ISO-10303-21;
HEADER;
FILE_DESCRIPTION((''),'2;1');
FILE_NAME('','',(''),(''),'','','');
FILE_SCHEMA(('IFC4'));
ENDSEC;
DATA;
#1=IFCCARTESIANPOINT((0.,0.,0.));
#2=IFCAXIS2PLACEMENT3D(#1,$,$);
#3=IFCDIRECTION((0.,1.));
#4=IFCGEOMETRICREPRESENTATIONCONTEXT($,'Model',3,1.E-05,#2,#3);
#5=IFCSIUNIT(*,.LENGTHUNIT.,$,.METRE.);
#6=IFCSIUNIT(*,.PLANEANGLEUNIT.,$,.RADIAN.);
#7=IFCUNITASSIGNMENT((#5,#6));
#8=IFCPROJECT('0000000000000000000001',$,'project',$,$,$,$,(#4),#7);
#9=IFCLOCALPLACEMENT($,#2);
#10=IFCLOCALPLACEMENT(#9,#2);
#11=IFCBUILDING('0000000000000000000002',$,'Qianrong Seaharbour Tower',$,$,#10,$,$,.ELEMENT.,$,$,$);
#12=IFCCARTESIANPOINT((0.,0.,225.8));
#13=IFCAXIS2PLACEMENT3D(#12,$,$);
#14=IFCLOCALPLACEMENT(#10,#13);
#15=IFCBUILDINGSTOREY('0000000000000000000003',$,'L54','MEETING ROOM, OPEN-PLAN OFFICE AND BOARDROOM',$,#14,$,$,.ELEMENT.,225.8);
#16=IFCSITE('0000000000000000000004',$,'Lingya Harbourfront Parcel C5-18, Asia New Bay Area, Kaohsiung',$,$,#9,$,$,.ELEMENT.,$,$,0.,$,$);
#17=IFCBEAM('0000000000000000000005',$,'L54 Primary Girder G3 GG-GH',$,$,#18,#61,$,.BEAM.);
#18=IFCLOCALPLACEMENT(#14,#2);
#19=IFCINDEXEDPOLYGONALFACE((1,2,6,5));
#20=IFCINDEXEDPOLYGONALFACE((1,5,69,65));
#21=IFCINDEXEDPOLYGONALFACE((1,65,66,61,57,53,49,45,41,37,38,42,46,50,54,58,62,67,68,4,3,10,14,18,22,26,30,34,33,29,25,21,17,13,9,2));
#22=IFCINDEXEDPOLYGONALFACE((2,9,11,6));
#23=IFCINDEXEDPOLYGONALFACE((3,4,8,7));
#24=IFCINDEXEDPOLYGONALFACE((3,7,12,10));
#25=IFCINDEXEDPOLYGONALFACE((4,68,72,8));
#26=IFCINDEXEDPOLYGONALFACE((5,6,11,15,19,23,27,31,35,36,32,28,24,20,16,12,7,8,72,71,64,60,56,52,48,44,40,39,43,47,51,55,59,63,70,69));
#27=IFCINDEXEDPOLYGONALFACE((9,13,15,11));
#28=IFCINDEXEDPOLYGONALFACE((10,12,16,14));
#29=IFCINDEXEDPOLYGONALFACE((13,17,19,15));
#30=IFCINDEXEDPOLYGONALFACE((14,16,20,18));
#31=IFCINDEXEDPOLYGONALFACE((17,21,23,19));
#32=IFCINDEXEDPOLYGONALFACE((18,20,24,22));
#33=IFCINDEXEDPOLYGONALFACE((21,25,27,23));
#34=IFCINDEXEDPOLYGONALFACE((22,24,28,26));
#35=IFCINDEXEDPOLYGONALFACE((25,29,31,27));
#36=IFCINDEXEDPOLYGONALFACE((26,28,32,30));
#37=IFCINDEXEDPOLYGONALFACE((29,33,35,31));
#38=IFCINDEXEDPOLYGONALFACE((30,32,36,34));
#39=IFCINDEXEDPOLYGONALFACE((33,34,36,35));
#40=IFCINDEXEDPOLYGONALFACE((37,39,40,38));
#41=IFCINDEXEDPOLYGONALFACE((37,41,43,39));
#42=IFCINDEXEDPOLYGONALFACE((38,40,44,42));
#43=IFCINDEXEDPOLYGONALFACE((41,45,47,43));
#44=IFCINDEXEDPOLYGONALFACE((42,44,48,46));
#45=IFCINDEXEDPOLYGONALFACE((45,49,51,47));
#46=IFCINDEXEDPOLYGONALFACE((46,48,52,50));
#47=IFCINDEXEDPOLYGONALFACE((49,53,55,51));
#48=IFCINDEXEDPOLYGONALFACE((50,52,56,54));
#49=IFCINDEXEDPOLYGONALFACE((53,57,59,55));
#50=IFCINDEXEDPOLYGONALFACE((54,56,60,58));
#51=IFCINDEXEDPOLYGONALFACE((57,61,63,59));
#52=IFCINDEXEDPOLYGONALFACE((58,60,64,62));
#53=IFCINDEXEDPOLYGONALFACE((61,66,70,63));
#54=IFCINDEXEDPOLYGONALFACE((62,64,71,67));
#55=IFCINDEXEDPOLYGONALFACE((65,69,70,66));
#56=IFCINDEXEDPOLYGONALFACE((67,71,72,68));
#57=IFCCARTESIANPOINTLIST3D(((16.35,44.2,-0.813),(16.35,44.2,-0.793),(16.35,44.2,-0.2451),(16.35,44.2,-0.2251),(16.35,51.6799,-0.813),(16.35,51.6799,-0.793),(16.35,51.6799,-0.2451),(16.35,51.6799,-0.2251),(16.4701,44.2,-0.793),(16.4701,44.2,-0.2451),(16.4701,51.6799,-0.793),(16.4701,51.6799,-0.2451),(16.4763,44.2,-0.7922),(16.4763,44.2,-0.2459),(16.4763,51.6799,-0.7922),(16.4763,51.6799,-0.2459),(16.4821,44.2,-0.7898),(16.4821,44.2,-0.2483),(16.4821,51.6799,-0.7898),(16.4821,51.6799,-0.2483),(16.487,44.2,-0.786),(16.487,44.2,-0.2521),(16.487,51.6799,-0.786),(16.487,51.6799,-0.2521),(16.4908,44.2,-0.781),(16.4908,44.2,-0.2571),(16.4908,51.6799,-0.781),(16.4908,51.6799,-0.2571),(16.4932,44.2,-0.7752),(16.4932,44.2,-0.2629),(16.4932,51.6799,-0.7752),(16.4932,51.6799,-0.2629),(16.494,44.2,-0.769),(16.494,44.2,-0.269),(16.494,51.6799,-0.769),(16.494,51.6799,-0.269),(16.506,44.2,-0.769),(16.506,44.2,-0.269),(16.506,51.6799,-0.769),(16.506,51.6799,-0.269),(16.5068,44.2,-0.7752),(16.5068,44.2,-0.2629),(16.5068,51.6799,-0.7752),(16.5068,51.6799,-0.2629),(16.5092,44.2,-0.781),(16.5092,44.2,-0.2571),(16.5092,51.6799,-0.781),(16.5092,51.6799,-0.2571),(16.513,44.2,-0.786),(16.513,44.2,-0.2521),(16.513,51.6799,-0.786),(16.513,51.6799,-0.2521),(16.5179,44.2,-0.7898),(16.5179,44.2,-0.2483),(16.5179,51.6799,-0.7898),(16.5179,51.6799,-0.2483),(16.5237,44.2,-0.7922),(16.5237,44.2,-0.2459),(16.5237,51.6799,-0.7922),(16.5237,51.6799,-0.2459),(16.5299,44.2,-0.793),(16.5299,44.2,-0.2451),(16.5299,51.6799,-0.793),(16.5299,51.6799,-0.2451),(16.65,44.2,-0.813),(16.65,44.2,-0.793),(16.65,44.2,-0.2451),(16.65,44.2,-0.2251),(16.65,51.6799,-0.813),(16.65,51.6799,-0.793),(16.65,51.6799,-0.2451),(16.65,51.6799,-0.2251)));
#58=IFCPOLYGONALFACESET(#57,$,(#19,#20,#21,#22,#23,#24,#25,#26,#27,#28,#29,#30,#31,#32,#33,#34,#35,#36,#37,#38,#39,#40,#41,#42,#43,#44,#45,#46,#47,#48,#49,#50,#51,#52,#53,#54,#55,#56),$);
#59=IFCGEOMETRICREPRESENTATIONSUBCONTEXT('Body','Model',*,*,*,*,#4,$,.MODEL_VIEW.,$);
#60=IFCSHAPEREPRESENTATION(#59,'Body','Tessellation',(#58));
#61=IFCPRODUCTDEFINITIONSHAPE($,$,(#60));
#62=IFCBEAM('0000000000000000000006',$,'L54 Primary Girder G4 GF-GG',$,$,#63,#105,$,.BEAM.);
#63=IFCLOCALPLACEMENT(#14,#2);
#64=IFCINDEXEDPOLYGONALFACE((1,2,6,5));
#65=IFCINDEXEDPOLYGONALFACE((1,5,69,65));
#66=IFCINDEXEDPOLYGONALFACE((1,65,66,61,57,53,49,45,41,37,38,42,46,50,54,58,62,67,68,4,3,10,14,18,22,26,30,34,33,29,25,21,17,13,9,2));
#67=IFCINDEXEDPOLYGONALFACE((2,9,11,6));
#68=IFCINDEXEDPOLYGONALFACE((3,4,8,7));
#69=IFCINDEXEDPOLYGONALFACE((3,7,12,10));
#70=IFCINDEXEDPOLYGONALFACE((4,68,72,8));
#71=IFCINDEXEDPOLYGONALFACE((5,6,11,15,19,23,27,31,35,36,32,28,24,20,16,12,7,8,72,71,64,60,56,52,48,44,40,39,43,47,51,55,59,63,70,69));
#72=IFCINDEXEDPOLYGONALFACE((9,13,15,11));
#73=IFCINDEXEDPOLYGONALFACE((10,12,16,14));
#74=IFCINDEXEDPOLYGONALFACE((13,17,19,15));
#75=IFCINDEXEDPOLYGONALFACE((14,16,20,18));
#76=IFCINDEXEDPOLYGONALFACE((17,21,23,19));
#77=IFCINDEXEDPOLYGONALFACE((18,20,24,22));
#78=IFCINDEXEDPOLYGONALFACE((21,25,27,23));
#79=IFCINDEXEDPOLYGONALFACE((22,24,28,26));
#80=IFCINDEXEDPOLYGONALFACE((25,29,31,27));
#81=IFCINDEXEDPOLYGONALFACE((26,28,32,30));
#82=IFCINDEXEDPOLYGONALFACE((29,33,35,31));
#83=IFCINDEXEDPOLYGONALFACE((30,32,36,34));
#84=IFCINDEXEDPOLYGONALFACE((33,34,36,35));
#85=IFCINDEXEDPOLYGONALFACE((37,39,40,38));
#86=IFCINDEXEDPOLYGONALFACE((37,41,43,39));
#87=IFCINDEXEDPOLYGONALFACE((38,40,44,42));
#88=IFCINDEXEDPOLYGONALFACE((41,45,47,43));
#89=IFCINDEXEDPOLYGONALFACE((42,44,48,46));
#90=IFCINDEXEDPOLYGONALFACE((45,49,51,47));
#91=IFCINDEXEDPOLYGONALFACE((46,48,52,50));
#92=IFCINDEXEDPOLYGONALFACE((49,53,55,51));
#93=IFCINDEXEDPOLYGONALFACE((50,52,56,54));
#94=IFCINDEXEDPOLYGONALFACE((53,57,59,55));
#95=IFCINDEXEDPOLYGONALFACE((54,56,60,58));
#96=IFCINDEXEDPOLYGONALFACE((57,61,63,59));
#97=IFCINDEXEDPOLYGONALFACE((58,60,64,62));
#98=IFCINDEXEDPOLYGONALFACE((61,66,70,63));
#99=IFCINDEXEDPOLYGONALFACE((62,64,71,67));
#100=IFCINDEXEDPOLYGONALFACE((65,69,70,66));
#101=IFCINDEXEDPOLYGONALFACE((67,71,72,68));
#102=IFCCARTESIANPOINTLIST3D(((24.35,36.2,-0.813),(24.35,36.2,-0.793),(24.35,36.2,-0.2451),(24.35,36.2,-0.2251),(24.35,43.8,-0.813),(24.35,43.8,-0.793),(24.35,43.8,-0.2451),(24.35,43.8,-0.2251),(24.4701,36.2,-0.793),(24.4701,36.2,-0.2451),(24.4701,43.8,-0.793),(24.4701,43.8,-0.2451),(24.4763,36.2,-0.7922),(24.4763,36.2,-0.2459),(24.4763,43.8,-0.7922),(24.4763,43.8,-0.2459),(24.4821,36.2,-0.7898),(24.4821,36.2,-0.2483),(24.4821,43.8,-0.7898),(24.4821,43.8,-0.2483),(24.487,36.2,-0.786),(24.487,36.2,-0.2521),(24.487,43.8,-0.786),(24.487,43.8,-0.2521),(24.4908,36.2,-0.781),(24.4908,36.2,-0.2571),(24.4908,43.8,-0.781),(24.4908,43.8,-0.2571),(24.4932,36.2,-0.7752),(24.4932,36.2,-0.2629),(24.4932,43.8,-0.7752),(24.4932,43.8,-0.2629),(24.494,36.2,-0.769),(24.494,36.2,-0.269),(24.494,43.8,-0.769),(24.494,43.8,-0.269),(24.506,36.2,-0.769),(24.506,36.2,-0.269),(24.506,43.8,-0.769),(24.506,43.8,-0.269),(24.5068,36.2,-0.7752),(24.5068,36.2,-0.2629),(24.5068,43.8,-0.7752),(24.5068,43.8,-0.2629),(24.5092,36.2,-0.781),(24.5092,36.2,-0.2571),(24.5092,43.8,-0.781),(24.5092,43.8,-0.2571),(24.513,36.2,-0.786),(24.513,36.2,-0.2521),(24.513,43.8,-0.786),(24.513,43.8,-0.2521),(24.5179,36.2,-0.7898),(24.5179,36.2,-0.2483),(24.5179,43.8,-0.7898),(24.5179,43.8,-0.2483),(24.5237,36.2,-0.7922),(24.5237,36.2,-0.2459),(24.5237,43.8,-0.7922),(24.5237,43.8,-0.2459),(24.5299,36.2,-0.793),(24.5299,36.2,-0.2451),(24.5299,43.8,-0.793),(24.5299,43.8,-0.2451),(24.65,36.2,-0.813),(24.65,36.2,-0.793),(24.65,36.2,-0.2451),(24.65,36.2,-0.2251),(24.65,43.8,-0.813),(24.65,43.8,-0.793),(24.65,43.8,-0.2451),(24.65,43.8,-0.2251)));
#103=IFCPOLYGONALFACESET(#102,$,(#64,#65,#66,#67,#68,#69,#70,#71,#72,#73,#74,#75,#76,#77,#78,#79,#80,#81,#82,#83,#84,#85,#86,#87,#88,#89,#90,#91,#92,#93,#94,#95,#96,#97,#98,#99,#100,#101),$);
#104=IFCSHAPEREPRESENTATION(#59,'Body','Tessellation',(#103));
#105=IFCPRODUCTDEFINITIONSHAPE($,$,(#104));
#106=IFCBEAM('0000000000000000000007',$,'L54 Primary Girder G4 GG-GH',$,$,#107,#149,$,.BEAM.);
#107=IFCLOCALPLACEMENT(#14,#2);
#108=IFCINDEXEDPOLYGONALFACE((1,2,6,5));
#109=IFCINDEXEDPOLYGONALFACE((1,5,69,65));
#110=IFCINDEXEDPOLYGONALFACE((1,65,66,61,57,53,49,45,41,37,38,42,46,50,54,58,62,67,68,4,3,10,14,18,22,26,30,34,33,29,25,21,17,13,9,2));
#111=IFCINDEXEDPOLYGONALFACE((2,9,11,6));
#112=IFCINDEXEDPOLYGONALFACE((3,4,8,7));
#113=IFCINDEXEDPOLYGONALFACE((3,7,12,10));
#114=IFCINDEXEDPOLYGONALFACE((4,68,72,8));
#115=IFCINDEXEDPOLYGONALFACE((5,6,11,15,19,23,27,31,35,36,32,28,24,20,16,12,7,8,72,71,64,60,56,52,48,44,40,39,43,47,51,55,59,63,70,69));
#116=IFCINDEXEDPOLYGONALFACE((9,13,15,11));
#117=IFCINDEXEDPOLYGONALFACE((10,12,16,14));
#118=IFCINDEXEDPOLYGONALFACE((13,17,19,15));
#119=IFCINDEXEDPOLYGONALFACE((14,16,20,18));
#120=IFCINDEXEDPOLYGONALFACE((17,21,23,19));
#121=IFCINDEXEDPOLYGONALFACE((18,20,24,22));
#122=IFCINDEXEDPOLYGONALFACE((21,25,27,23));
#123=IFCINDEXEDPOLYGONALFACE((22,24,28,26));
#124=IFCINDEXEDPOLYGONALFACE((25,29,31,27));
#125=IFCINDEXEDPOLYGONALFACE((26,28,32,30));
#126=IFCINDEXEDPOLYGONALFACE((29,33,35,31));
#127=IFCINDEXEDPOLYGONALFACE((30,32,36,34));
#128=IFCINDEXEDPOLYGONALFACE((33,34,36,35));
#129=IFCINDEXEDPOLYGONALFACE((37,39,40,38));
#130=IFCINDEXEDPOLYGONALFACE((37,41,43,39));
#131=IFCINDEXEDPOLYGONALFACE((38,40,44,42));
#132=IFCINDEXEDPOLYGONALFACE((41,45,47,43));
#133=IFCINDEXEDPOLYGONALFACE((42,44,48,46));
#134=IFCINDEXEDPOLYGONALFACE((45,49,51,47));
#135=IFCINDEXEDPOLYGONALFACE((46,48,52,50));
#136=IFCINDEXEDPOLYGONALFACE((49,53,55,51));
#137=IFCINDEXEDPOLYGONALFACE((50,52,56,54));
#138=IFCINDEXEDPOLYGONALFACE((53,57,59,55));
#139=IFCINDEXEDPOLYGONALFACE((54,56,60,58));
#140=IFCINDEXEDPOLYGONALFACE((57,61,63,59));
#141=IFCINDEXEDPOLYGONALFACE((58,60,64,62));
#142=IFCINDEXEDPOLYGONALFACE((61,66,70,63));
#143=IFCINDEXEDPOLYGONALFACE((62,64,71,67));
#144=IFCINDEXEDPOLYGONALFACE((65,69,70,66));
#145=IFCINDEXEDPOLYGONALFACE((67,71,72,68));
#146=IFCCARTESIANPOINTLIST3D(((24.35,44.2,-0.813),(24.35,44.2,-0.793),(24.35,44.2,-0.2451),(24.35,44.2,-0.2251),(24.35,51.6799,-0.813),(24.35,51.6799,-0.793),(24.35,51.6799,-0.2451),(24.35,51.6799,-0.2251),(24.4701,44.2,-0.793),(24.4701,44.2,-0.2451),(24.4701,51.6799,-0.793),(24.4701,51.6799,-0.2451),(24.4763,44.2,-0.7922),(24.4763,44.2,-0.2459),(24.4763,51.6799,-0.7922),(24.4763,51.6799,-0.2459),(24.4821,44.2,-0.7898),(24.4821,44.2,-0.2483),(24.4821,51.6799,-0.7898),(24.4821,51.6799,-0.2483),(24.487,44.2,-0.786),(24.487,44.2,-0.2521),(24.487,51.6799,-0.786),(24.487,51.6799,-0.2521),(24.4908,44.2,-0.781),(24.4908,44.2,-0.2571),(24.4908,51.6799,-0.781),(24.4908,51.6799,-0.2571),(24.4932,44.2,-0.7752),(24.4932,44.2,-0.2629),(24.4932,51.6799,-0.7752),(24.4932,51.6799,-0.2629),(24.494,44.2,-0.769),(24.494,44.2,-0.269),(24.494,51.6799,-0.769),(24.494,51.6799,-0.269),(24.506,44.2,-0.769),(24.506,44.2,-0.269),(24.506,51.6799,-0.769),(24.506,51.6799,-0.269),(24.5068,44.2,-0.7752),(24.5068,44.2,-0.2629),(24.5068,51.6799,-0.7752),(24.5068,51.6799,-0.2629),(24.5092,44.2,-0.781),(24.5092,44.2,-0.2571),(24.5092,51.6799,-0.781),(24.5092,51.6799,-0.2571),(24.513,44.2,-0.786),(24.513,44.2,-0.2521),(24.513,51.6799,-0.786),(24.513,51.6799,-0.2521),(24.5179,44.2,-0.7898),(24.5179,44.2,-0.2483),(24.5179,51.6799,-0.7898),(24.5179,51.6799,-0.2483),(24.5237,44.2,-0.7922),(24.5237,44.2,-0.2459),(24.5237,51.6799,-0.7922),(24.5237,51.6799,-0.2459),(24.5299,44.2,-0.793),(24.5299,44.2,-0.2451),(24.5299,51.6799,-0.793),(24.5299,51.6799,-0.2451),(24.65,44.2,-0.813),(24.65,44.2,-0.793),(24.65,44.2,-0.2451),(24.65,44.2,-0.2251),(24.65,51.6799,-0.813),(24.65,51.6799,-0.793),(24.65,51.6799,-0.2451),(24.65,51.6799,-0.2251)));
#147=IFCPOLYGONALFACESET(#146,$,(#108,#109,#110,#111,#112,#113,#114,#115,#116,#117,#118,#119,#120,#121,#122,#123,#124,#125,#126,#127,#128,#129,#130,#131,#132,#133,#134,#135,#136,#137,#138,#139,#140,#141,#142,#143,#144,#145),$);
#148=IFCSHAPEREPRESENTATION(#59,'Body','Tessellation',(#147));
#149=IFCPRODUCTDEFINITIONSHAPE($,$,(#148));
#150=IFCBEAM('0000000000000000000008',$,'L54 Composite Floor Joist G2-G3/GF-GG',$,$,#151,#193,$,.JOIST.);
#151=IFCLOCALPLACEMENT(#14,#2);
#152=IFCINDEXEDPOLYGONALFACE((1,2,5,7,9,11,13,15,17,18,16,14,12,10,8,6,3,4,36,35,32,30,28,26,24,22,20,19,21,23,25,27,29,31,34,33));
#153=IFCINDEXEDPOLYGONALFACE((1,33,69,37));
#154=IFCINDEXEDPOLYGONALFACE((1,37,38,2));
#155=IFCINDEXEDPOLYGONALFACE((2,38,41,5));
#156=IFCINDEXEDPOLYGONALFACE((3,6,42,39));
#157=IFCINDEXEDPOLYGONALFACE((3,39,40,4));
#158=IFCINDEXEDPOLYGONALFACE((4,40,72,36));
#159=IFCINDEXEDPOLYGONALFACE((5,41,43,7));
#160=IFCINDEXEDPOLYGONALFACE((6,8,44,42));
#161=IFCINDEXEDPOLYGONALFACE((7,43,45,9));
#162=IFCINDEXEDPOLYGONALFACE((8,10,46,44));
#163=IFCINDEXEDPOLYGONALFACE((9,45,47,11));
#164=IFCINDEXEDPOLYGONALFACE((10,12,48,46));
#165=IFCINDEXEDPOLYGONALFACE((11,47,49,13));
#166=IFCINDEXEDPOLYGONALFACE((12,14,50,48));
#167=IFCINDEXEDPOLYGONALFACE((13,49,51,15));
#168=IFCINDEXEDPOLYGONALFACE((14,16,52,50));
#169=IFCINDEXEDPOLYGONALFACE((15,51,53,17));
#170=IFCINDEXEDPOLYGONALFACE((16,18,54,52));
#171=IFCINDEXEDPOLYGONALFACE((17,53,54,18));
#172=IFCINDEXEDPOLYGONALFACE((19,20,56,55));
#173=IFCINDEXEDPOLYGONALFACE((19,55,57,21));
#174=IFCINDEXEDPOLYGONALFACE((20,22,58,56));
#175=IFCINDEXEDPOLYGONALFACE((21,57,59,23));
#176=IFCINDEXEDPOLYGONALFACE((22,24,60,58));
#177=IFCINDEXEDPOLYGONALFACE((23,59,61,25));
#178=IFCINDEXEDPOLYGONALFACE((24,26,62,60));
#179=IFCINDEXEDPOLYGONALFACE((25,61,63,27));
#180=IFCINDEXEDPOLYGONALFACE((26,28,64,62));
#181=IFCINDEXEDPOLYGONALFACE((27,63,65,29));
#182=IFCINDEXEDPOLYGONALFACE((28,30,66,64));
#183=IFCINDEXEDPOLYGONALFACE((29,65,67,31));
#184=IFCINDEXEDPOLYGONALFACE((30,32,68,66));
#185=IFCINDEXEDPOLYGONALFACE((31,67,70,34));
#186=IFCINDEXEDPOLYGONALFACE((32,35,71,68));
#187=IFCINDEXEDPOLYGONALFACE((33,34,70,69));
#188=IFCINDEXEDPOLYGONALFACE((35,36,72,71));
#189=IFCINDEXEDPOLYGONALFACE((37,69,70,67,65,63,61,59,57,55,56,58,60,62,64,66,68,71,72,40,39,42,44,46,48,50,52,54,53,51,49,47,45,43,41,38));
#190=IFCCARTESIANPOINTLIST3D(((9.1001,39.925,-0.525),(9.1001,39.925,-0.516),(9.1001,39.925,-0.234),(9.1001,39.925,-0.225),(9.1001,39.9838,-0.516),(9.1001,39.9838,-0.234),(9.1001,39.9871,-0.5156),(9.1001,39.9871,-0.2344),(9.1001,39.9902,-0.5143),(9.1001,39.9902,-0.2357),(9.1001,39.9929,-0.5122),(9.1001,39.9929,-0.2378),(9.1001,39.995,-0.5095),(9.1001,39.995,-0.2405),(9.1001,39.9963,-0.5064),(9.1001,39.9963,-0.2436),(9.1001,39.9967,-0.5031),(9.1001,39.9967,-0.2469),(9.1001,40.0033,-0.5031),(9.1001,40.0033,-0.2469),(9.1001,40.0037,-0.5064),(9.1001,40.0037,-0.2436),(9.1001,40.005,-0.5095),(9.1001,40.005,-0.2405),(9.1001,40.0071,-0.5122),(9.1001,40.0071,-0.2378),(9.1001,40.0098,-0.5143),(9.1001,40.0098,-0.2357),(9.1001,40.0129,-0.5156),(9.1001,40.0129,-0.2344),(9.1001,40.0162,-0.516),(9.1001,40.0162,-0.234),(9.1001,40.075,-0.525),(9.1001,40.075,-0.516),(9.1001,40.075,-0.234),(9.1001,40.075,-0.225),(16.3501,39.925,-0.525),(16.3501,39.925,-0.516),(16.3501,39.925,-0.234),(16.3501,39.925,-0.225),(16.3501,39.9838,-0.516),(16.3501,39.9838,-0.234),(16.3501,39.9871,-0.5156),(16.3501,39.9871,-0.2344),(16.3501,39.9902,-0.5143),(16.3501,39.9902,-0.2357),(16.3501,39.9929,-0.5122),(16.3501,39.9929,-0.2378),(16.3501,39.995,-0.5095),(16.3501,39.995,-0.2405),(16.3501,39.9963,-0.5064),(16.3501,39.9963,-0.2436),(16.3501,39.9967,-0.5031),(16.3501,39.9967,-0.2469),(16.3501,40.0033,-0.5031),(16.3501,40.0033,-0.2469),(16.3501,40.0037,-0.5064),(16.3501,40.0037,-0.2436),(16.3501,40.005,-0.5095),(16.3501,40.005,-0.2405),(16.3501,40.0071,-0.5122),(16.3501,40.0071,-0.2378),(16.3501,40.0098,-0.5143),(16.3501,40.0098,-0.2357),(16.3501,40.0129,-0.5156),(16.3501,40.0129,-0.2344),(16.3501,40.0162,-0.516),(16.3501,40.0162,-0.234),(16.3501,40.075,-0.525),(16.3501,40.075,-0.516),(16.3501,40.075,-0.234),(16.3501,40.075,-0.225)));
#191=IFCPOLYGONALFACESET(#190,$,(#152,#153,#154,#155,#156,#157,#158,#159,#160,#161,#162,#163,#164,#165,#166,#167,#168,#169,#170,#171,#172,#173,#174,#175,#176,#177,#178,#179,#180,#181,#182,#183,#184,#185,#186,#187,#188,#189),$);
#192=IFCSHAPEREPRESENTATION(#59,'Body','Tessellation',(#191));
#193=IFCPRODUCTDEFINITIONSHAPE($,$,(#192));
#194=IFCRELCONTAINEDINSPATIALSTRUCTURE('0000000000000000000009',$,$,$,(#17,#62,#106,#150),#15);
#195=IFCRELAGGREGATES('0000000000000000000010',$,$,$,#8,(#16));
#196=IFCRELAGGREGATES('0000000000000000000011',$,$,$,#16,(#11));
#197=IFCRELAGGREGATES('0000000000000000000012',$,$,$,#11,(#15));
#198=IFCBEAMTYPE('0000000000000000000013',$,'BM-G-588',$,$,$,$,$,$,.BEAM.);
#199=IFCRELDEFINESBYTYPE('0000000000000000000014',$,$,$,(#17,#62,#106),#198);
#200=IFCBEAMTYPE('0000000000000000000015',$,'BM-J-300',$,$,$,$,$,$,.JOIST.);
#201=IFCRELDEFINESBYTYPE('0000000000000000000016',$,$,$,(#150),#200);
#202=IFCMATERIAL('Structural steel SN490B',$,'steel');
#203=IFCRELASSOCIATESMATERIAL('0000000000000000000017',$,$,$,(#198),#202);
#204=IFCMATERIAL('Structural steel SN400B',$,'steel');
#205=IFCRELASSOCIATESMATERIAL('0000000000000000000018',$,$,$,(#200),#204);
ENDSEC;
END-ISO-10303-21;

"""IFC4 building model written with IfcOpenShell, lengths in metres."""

from ifc_helpers import new_model, si_unit, direction, frame, origin, origin_2d, place, context, subcontext, project, spatial, i_section, extrude, material, material_profile, profile_set, type_object, element, save


model = new_model("IFC4")

# Units and contexts
model_context = context("Model", 3, precision=1e-05, world=origin(), true_north=direction((0.0, 1.0)))
body_context = subcontext(model_context, "Body", "Model", "MODEL_VIEW")
ifc_project = project(units=[si_unit("LENGTHUNIT", "METRE"), si_unit("PLANEANGLEUNIT", "RADIAN")], contexts=[model_context])

# Site, building, storey
site_placement = place(None, origin())
site = spatial("IfcSite", under=ifc_project, at=site_placement, Name="Lingya Harbourfront Parcel C5-18, Asia New Bay Area, Kaohsiung", CompositionType="ELEMENT", RefElevation=0.0)
building_placement = place(site_placement, origin())
building = spatial("IfcBuilding", under=site, at=building_placement, Name="Qianrong Seaharbour Tower", CompositionType="ELEMENT")
storey_placement = place(building_placement, frame((0.0, 0.0, 225.8)))
storey = spatial("IfcBuildingStorey", under=building, at=storey_placement, Name="L54", Description="MEETING ROOM, OPEN-PLAN OFFICE AND BOARDROOM", CompositionType="ELEMENT", Elevation=225.8)

# Shared definitions
ifc_material_1 = material(Name="Structural steel SN490B", Category="steel")

# Beams
ifc_material_profile_1 = material_profile(ifc_material_1, i_section(OverallWidth=0.3, OverallDepth=0.5879, WebThickness=0.012, FlangeThickness=0.02, FilletRadius=0.0239, at=origin_2d()), Name="H588x300x12x20")
ifc_profile_set_1 = profile_set([ifc_material_profile_1], Name="Structural steel SN490B")
beam_type_1 = type_object("IfcBeamType", Name="BM-G-588", PredefinedType="BEAM", material=ifc_profile_set_1)
beam_1_placement = place(storey_placement, frame((16.5, 44.2, -0.519), z_axis=(0.0, 1.0, 0.0), x_axis=(-1.0, 0.0, 0.0)))
element("IfcBeam", 1, at=beam_1_placement, inside=storey, type_object=beam_type_1, Name="L54 Primary Girder G3 GG-GH", PredefinedType="BEAM", context=body_context, shape_type="SweptSolid", body=[
    extrude(i_section(OverallWidth=0.3, OverallDepth=0.5879, WebThickness=0.012, FlangeThickness=0.02, FilletRadius=0.0239, at=origin_2d()), origin(), (0.0, 0.0, 1.0), 7.48),
])
beam_2_placement = place(storey_placement, frame((24.5, 36.2, -0.519), z_axis=(0.0, 1.0, 0.0), x_axis=(-1.0, 0.0, 0.0)))
element("IfcBeam", 2, at=beam_2_placement, inside=storey, type_object=beam_type_1, Name="L54 Primary Girder G4 GF-GG", PredefinedType="BEAM", context=body_context, shape_type="SweptSolid", body=[
    extrude(i_section(OverallWidth=0.3, OverallDepth=0.5879, WebThickness=0.012, FlangeThickness=0.02, FilletRadius=0.0239, at=origin_2d()), origin(), (0.0, 0.0, 1.0), 7.6001),
])
beam_3_placement = place(storey_placement, frame((24.5, 44.2, -0.519), z_axis=(0.0, 1.0, 0.0), x_axis=(-1.0, 0.0, 0.0)))
element("IfcBeam", 3, at=beam_3_placement, inside=storey, type_object=beam_type_1, Name="L54 Primary Girder G4 GG-GH", PredefinedType="BEAM", context=body_context, shape_type="SweptSolid", body=[
    extrude(i_section(OverallWidth=0.3, OverallDepth=0.5879, WebThickness=0.012, FlangeThickness=0.02, FilletRadius=0.0239, at=origin_2d()), origin(), (0.0, 0.0, 1.0), 7.48),
])
ifc_material_2 = material(Name="Structural steel SN400B", Category="steel")
ifc_material_profile_2 = material_profile(ifc_material_2, i_section(OverallWidth=0.1499, OverallDepth=0.3, WebThickness=0.0066, FlangeThickness=0.009, FilletRadius=0.0129, at=origin_2d()), Name="H300x150x6.5x9")
ifc_profile_set_2 = profile_set([ifc_material_profile_2], Name="Structural steel SN400B")
beam_type_2 = type_object("IfcBeamType", Name="BM-J-300", PredefinedType="JOIST", material=ifc_profile_set_2)
beam_4_placement = place(storey_placement, frame((9.1001, 40.0, -0.375), z_axis=(1.0, 0.0, 0.0), x_axis=(0.0, 1.0, 0.0)))
element("IfcBeam", 4, at=beam_4_placement, inside=storey, type_object=beam_type_2, Name="L54 Composite Floor Joist G2-G3/GF-GG", PredefinedType="JOIST", context=body_context, shape_type="SweptSolid", body=[
    extrude(i_section(OverallWidth=0.1499, OverallDepth=0.3, WebThickness=0.0066, FlangeThickness=0.009, FilletRadius=0.0129, at=origin_2d()), origin(), (0.0, 0.0, 1.0), 7.25),
])

save(model, "model.ifc")
